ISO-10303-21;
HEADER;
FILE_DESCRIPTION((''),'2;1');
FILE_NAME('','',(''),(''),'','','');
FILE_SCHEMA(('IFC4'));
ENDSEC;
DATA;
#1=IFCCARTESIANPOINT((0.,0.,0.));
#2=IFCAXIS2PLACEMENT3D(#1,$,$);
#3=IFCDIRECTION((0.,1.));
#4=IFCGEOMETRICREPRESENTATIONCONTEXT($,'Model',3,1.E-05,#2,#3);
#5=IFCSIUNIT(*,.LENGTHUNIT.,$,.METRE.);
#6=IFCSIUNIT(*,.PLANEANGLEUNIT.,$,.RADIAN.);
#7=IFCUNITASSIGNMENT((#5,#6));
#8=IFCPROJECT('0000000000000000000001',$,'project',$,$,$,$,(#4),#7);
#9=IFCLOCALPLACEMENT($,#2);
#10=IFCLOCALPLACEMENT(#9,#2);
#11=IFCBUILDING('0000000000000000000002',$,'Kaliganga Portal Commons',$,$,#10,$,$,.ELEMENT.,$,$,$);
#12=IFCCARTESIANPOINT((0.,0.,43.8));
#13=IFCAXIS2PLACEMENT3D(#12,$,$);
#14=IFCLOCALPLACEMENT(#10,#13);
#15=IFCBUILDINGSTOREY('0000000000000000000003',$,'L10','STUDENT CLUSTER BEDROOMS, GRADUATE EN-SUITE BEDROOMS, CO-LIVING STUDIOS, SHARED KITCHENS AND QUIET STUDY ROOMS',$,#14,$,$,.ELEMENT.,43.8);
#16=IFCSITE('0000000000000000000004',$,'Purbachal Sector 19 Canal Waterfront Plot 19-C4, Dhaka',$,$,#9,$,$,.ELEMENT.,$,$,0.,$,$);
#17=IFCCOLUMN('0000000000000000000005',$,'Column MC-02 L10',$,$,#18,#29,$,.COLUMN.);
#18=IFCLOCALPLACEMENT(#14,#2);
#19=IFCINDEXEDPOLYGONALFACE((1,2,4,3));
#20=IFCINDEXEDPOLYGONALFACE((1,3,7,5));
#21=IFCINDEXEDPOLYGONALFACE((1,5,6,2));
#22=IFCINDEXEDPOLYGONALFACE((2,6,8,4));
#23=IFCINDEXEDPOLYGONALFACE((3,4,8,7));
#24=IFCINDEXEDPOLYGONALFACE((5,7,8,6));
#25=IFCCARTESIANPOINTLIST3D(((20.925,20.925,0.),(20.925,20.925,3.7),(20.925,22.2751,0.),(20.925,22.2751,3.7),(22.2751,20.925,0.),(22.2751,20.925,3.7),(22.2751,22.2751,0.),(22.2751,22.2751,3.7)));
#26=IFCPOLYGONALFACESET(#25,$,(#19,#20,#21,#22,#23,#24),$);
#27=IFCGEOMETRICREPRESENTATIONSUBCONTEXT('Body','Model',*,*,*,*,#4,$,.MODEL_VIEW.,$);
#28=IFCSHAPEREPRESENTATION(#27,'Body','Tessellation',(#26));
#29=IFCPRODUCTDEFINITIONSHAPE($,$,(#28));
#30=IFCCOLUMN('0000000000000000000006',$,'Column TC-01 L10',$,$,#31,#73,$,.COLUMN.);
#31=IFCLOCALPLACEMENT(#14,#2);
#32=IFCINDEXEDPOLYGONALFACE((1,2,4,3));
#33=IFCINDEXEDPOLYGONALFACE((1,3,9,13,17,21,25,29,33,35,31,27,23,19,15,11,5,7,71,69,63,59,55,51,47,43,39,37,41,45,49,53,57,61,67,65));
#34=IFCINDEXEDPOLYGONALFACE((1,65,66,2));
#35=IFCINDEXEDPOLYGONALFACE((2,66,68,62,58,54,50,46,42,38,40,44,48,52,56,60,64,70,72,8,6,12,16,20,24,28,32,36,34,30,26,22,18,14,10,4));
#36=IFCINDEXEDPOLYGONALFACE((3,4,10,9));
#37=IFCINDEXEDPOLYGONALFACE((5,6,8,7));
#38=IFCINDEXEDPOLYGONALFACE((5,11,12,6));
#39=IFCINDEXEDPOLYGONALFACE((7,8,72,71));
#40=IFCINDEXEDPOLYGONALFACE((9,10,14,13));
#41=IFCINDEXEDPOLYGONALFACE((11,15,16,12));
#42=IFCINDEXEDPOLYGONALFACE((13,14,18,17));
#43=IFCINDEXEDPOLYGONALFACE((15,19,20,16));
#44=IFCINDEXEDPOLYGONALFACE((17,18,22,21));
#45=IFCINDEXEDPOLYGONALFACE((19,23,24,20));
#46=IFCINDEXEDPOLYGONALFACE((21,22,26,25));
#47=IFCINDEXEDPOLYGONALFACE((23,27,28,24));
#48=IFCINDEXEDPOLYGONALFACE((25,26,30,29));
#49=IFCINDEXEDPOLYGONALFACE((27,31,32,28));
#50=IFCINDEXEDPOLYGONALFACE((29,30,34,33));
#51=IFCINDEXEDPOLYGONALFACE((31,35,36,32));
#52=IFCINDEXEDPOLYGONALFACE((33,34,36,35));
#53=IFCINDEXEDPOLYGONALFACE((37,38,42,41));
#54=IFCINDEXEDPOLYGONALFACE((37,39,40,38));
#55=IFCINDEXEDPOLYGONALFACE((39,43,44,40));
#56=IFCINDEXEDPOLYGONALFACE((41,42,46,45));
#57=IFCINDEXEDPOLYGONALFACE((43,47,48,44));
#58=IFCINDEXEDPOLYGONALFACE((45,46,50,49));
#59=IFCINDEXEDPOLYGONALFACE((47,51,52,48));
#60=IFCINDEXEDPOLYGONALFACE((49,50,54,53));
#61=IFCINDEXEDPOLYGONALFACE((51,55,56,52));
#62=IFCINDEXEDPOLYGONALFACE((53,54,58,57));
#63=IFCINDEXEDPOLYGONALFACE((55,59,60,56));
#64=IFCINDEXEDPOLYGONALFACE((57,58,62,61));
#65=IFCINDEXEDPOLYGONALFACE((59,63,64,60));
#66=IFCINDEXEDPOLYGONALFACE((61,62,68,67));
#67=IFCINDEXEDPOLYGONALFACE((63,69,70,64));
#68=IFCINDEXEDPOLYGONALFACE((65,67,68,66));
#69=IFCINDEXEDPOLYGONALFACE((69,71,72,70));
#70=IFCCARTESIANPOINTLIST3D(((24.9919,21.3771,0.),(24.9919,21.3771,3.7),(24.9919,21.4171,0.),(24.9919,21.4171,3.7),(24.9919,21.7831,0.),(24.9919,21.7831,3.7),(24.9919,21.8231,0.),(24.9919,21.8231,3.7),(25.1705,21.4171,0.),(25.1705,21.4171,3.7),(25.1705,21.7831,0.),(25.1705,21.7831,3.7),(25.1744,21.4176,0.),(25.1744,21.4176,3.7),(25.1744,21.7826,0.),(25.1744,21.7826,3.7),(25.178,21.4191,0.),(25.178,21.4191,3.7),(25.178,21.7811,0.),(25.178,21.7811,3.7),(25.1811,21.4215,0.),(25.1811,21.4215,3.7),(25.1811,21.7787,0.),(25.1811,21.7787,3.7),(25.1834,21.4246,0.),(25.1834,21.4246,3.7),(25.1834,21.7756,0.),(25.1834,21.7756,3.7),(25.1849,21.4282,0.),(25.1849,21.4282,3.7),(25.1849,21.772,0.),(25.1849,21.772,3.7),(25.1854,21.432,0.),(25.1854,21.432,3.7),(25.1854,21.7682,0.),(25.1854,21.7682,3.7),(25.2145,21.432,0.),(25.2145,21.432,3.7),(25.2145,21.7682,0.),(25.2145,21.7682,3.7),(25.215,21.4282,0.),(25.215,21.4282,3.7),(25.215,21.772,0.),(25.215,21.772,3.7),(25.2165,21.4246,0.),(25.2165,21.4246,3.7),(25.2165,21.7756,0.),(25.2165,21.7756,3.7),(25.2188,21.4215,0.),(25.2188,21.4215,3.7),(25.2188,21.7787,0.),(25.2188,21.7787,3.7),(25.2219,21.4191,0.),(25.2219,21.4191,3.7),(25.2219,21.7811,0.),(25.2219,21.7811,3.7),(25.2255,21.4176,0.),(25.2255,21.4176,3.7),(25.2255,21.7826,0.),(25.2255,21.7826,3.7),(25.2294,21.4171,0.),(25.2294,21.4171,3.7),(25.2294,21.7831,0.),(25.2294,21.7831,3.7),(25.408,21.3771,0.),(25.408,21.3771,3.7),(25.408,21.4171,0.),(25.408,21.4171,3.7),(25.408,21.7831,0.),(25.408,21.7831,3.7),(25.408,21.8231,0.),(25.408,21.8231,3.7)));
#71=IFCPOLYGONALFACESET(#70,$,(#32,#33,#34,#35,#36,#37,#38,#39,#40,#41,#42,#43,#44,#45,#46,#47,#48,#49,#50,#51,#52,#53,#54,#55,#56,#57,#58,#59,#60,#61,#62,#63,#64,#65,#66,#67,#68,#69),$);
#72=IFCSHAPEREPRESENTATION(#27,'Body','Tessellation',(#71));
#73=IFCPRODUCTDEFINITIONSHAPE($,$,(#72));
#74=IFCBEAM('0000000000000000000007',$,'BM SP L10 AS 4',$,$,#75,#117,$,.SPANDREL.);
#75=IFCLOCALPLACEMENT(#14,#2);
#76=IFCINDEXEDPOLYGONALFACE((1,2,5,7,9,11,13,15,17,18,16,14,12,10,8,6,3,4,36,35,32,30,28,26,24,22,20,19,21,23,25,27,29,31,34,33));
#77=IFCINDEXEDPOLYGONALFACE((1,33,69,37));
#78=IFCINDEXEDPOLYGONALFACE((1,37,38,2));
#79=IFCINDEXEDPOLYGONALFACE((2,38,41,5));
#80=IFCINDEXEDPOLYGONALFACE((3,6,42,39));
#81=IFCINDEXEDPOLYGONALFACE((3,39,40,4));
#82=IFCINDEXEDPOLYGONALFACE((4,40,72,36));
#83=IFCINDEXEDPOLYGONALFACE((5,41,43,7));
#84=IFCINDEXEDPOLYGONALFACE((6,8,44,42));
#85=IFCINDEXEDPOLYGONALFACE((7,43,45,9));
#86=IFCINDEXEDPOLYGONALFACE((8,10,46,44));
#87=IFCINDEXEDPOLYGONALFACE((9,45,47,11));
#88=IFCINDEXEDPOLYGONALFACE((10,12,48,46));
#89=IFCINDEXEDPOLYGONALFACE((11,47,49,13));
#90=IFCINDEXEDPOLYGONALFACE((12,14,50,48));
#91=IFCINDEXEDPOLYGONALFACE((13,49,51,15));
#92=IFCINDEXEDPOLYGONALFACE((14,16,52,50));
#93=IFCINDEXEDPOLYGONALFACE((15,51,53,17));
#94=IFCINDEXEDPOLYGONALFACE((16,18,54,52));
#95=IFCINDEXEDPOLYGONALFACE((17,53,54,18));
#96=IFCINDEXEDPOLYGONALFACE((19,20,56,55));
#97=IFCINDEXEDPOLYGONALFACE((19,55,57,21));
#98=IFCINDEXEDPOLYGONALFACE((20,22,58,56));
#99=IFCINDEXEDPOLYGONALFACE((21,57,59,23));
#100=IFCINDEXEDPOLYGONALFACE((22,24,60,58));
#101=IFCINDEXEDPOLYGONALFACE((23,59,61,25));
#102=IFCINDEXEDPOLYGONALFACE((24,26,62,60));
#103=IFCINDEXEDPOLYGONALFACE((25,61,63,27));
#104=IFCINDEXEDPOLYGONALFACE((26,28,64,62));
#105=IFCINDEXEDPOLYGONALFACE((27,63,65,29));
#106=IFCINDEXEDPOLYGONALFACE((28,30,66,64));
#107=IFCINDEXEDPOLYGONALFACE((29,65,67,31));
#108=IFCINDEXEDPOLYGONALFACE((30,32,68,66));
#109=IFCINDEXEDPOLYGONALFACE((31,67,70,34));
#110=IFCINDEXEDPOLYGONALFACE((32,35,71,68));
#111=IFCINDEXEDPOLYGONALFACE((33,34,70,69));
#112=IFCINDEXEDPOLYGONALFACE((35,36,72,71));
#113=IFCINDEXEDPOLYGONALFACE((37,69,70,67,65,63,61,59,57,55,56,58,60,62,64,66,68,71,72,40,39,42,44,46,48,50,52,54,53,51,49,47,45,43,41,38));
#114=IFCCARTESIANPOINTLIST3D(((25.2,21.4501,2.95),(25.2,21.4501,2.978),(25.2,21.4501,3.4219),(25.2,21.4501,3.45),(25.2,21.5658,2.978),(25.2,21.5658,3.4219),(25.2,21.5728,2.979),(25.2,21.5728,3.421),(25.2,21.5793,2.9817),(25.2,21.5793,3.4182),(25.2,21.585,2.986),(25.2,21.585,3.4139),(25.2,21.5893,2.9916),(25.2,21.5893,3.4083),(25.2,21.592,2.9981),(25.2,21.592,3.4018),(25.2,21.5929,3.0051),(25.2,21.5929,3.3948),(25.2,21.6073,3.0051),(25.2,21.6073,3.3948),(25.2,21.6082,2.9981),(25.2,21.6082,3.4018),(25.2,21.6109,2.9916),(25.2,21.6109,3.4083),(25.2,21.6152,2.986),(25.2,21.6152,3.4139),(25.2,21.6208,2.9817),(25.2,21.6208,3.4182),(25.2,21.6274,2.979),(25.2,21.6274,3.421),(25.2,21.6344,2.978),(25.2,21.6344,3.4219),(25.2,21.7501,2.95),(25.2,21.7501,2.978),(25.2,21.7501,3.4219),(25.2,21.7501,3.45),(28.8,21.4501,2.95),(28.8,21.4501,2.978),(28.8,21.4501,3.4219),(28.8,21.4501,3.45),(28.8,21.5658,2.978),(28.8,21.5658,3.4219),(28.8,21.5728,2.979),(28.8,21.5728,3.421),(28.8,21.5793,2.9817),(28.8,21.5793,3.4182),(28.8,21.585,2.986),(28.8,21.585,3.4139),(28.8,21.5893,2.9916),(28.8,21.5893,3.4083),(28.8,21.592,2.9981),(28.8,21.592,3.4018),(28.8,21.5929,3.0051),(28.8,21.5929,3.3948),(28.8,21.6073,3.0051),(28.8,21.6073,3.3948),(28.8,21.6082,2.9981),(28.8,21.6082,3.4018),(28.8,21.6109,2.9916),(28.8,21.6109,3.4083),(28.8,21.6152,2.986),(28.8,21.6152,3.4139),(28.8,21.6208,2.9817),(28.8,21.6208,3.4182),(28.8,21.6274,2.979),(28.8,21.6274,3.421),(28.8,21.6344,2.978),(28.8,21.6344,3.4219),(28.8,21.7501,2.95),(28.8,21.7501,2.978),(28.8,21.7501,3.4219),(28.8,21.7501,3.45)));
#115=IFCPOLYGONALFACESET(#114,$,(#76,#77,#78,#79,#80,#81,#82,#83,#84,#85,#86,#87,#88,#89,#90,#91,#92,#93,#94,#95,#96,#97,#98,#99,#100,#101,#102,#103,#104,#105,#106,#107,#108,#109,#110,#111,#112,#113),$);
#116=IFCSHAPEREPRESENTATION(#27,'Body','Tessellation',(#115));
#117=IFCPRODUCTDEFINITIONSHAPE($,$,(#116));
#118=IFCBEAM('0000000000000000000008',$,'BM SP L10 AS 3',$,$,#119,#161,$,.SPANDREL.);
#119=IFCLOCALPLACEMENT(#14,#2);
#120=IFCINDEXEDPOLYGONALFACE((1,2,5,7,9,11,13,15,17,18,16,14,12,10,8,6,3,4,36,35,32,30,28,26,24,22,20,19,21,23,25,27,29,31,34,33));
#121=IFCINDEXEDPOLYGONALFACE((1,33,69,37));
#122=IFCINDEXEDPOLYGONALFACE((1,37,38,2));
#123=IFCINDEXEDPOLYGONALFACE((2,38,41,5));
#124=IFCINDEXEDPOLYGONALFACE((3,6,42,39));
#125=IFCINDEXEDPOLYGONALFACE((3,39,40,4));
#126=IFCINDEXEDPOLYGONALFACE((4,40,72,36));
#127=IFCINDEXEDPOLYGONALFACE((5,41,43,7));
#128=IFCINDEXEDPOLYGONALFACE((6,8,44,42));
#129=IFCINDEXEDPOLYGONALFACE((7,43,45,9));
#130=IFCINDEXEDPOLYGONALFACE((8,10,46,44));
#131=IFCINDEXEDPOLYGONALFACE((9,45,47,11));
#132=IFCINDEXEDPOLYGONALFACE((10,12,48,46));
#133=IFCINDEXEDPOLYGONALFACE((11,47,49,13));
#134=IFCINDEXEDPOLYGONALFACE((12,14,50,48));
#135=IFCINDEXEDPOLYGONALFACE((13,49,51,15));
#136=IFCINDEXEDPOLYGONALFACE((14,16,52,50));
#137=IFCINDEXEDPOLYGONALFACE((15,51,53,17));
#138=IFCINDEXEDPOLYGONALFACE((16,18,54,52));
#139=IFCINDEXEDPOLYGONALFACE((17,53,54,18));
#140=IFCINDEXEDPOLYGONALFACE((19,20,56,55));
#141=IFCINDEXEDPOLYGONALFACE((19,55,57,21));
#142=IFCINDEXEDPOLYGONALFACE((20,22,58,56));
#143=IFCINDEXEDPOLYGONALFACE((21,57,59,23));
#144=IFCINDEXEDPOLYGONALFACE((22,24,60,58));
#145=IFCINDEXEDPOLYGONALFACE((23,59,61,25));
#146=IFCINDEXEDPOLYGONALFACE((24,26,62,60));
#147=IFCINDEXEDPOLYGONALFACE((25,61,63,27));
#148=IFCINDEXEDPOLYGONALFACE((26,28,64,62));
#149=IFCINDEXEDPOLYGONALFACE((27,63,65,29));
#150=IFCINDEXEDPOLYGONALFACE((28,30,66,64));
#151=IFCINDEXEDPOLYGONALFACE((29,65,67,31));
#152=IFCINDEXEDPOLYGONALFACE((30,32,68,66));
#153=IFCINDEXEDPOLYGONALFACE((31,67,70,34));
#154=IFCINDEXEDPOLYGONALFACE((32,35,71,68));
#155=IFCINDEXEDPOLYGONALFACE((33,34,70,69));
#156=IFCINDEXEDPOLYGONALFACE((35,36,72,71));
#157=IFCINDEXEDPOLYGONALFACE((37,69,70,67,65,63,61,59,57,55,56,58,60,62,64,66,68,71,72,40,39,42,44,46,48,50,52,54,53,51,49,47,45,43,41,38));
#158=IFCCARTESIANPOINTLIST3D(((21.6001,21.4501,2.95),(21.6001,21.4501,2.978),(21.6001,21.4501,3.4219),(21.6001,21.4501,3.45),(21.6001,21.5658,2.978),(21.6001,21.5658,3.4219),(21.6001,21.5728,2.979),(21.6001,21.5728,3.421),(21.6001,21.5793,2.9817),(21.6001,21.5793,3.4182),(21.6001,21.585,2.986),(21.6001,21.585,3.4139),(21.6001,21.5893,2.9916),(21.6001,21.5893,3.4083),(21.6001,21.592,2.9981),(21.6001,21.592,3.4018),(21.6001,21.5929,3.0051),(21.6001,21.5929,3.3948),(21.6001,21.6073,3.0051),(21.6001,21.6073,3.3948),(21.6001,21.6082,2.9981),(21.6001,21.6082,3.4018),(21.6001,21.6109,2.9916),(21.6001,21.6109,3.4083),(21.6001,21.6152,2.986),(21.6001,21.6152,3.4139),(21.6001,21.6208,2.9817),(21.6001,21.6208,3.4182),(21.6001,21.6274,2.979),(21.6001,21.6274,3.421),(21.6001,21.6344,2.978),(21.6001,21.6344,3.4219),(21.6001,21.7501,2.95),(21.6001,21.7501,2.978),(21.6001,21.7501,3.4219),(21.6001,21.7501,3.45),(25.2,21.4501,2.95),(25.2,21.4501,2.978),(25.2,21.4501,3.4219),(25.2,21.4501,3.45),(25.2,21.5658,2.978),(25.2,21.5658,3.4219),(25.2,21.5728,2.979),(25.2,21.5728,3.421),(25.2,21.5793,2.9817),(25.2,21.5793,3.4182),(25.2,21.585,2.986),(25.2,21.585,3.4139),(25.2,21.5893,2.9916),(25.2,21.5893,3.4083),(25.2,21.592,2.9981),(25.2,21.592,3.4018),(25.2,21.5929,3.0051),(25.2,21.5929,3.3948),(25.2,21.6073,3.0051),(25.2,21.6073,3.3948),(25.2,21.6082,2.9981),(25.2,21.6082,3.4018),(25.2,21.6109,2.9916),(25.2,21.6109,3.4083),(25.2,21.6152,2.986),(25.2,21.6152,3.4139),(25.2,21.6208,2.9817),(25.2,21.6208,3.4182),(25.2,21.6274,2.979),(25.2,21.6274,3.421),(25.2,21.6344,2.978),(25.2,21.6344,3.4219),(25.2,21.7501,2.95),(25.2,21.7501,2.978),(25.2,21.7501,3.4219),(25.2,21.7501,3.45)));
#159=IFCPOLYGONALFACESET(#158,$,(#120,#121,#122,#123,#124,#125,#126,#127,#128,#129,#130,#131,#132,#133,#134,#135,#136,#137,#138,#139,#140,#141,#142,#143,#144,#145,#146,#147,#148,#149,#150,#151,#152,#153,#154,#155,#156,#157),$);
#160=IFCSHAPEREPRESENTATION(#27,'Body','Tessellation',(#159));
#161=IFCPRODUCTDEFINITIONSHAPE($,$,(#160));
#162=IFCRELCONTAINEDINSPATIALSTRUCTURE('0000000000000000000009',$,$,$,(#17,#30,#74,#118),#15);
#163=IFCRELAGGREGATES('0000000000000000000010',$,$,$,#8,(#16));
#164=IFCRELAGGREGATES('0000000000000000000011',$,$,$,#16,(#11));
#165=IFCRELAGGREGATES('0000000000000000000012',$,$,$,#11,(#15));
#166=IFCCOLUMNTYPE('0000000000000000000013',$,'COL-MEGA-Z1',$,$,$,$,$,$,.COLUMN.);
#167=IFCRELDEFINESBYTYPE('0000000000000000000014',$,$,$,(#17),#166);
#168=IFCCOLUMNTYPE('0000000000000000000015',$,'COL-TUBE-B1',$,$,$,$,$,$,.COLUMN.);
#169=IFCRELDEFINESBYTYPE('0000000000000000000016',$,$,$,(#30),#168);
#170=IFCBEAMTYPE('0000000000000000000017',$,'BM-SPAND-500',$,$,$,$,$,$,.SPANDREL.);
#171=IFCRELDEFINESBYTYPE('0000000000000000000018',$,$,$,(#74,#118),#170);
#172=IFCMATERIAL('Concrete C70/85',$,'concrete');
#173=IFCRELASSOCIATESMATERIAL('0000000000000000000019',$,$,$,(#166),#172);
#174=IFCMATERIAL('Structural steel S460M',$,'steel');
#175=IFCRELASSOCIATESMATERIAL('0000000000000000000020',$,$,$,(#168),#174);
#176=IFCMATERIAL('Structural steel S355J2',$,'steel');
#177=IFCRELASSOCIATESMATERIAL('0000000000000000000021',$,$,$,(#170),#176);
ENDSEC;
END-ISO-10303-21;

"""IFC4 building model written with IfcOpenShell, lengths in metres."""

from ifc_helpers import new_model, si_unit, direction, frame, origin, origin_2d, place, context, subcontext, project, spatial, rectangle, i_section, extrude, source, transform, mapped, material, material_profile, profile_set, type_object, element, save


model = new_model("IFC4")

# Units and contexts
model_context = context("Model", 3, precision=1e-05, world=origin(), true_north=direction((0.0, 1.0)))
body_context = subcontext(model_context, "Body", "Model", "MODEL_VIEW")
ifc_project = project(units=[si_unit("LENGTHUNIT", "METRE"), si_unit("PLANEANGLEUNIT", "RADIAN")], contexts=[model_context])

# Site, building, storey
site_placement = place(None, origin())
site = spatial("IfcSite", under=ifc_project, at=site_placement, Name="Purbachal Sector 19 Canal Waterfront Plot 19-C4, Dhaka", CompositionType="ELEMENT", RefElevation=0.0)
building_placement = place(site_placement, origin())
building = spatial("IfcBuilding", under=site, at=building_placement, Name="Kaliganga Portal Commons", CompositionType="ELEMENT")
storey_placement = place(building_placement, frame((0.0, 0.0, 43.8)))
storey = spatial("IfcBuildingStorey", under=building, at=storey_placement, Name="L10", Description="STUDENT CLUSTER BEDROOMS, GRADUATE EN-SUITE BEDROOMS, CO-LIVING STUDIOS, SHARED KITCHENS AND QUIET STUDY ROOMS", CompositionType="ELEMENT", Elevation=43.8)

# Columns
ifc_material_1 = material(Name="Concrete C70/85", Category="concrete")
ifc_material_profile_1 = material_profile(ifc_material_1, rectangle(XDim=1.3501, YDim=1.3501, at=origin_2d()), Name="RC 1350x1350")
ifc_profile_set_1 = profile_set([ifc_material_profile_1], Name="Concrete C70/85")
column_type_1 = type_object("IfcColumnType", Name="COL-MEGA-Z1", PredefinedType="COLUMN", material=ifc_profile_set_1)
shared_shape_1 = source(origin(), body_context, "Body", "SweptSolid", [
    extrude(rectangle(XDim=1.3501, YDim=1.3501, at=origin_2d()), origin(), (0.0, 0.0, 1.0), 3.7),
])
column_1_placement = place(storey_placement, frame((21.6001, 21.6001, 0.0), z_axis=(0.0, 0.0, 1.0), x_axis=(1.0, 0.0, 0.0)))
element("IfcColumn", 1, at=column_1_placement, inside=storey, type_object=column_type_1, Name="Column MC-02 L10", PredefinedType="COLUMN", context=body_context, shape_type="MappedRepresentation", body=[
    mapped(shared_shape_1, transform((0.0, 0.0, 0.0), x_axis=(1.0, 0.0, 0.0), y_axis=(0.0, 1.0, 0.0), z_axis=(0.0, 0.0, 1.0), scale=1.0)),
])
ifc_material_2 = material(Name="Structural steel S460M", Category="steel")
ifc_material_profile_2 = material_profile(ifc_material_2, i_section(OverallWidth=0.416, OverallDepth=0.446, WebThickness=0.0291, FlangeThickness=0.04, FilletRadius=0.0149, at=origin_2d()), Name="HD 400x509")
ifc_profile_set_2 = profile_set([ifc_material_profile_2], Name="Structural steel S460M wide-flange")
column_type_2 = type_object("IfcColumnType", Name="COL-TUBE-B1", PredefinedType="COLUMN", material=ifc_profile_set_2)
shared_shape_2 = source(origin(), body_context, "Body", "SweptSolid", [
    extrude(i_section(OverallWidth=0.416, OverallDepth=0.446, WebThickness=0.0291, FlangeThickness=0.04, FilletRadius=0.0149, at=origin_2d()), origin(), (0.0, 0.0, 1.0), 3.7),
])
column_2_placement = place(storey_placement, frame((25.2, 21.6001, 0.0), z_axis=(0.0, 0.0, 1.0), x_axis=(1.0, 0.0, 0.0)))
element("IfcColumn", 2, at=column_2_placement, inside=storey, type_object=column_type_2, Name="Column TC-01 L10", PredefinedType="COLUMN", context=body_context, shape_type="MappedRepresentation", body=[
    mapped(shared_shape_2, transform((0.0, 0.0, 0.0), x_axis=(1.0, 0.0, 0.0), y_axis=(0.0, 1.0, 0.0), z_axis=(0.0, 0.0, 1.0), scale=1.0)),
])

# Beams
ifc_material_3 = material(Name="Structural steel S355J2", Category="steel")
ifc_material_profile_3 = material_profile(ifc_material_3, i_section(OverallWidth=0.3, OverallDepth=0.5, WebThickness=0.0144, FlangeThickness=0.0281, FilletRadius=0.0271, at=origin_2d()), Name="HE 500 B")
ifc_profile_set_3 = profile_set([ifc_material_profile_3], Name="Structural steel S355J2 wide-flange")
beam_type_1 = type_object("IfcBeamType", Name="BM-SPAND-500", PredefinedType="SPANDREL", material=ifc_profile_set_3)
shared_shape_3 = source(origin(), body_context, "Body", "SweptSolid", [
    extrude(i_section(OverallWidth=0.3, OverallDepth=0.5, WebThickness=0.0144, FlangeThickness=0.0281, FilletRadius=0.0271, at=origin_2d()), origin(), (0.0, 0.0, 1.0), 3.6001),
])
beam_1_placement = place(storey_placement, frame((25.2, 21.6001, 3.2), z_axis=(1.0, 0.0, 0.0), x_axis=(0.0, 1.0, 0.0)))
element("IfcBeam", 3, at=beam_1_placement, inside=storey, type_object=beam_type_1, Name="BM SP L10 AS 4", PredefinedType="SPANDREL", context=body_context, shape_type="MappedRepresentation", body=[
    mapped(shared_shape_3, transform((0.0, 0.0, 0.0), x_axis=(1.0, 0.0, 0.0), y_axis=(0.0, 1.0, 0.0), z_axis=(0.0, 0.0, 1.0), scale=1.0)),
])
shared_shape_4 = source(origin(), body_context, "Body", "SweptSolid", [
    extrude(i_section(OverallWidth=0.3, OverallDepth=0.5, WebThickness=0.0144, FlangeThickness=0.0281, FilletRadius=0.0271, at=origin_2d()), origin(), (0.0, 0.0, 1.0), 3.5999),
])
beam_2_placement = place(storey_placement, frame((21.6001, 21.6001, 3.2), z_axis=(1.0, 0.0, 0.0), x_axis=(0.0, 1.0, 0.0)))
element("IfcBeam", 4, at=beam_2_placement, inside=storey, type_object=beam_type_1, Name="BM SP L10 AS 3", PredefinedType="SPANDREL", context=body_context, shape_type="MappedRepresentation", body=[
    mapped(shared_shape_4, transform((0.0, 0.0, 0.0), x_axis=(1.0, 0.0, 0.0), y_axis=(0.0, 1.0, 0.0), z_axis=(0.0, 0.0, 1.0), scale=1.0)),
])

save(model, "model.ifc")
